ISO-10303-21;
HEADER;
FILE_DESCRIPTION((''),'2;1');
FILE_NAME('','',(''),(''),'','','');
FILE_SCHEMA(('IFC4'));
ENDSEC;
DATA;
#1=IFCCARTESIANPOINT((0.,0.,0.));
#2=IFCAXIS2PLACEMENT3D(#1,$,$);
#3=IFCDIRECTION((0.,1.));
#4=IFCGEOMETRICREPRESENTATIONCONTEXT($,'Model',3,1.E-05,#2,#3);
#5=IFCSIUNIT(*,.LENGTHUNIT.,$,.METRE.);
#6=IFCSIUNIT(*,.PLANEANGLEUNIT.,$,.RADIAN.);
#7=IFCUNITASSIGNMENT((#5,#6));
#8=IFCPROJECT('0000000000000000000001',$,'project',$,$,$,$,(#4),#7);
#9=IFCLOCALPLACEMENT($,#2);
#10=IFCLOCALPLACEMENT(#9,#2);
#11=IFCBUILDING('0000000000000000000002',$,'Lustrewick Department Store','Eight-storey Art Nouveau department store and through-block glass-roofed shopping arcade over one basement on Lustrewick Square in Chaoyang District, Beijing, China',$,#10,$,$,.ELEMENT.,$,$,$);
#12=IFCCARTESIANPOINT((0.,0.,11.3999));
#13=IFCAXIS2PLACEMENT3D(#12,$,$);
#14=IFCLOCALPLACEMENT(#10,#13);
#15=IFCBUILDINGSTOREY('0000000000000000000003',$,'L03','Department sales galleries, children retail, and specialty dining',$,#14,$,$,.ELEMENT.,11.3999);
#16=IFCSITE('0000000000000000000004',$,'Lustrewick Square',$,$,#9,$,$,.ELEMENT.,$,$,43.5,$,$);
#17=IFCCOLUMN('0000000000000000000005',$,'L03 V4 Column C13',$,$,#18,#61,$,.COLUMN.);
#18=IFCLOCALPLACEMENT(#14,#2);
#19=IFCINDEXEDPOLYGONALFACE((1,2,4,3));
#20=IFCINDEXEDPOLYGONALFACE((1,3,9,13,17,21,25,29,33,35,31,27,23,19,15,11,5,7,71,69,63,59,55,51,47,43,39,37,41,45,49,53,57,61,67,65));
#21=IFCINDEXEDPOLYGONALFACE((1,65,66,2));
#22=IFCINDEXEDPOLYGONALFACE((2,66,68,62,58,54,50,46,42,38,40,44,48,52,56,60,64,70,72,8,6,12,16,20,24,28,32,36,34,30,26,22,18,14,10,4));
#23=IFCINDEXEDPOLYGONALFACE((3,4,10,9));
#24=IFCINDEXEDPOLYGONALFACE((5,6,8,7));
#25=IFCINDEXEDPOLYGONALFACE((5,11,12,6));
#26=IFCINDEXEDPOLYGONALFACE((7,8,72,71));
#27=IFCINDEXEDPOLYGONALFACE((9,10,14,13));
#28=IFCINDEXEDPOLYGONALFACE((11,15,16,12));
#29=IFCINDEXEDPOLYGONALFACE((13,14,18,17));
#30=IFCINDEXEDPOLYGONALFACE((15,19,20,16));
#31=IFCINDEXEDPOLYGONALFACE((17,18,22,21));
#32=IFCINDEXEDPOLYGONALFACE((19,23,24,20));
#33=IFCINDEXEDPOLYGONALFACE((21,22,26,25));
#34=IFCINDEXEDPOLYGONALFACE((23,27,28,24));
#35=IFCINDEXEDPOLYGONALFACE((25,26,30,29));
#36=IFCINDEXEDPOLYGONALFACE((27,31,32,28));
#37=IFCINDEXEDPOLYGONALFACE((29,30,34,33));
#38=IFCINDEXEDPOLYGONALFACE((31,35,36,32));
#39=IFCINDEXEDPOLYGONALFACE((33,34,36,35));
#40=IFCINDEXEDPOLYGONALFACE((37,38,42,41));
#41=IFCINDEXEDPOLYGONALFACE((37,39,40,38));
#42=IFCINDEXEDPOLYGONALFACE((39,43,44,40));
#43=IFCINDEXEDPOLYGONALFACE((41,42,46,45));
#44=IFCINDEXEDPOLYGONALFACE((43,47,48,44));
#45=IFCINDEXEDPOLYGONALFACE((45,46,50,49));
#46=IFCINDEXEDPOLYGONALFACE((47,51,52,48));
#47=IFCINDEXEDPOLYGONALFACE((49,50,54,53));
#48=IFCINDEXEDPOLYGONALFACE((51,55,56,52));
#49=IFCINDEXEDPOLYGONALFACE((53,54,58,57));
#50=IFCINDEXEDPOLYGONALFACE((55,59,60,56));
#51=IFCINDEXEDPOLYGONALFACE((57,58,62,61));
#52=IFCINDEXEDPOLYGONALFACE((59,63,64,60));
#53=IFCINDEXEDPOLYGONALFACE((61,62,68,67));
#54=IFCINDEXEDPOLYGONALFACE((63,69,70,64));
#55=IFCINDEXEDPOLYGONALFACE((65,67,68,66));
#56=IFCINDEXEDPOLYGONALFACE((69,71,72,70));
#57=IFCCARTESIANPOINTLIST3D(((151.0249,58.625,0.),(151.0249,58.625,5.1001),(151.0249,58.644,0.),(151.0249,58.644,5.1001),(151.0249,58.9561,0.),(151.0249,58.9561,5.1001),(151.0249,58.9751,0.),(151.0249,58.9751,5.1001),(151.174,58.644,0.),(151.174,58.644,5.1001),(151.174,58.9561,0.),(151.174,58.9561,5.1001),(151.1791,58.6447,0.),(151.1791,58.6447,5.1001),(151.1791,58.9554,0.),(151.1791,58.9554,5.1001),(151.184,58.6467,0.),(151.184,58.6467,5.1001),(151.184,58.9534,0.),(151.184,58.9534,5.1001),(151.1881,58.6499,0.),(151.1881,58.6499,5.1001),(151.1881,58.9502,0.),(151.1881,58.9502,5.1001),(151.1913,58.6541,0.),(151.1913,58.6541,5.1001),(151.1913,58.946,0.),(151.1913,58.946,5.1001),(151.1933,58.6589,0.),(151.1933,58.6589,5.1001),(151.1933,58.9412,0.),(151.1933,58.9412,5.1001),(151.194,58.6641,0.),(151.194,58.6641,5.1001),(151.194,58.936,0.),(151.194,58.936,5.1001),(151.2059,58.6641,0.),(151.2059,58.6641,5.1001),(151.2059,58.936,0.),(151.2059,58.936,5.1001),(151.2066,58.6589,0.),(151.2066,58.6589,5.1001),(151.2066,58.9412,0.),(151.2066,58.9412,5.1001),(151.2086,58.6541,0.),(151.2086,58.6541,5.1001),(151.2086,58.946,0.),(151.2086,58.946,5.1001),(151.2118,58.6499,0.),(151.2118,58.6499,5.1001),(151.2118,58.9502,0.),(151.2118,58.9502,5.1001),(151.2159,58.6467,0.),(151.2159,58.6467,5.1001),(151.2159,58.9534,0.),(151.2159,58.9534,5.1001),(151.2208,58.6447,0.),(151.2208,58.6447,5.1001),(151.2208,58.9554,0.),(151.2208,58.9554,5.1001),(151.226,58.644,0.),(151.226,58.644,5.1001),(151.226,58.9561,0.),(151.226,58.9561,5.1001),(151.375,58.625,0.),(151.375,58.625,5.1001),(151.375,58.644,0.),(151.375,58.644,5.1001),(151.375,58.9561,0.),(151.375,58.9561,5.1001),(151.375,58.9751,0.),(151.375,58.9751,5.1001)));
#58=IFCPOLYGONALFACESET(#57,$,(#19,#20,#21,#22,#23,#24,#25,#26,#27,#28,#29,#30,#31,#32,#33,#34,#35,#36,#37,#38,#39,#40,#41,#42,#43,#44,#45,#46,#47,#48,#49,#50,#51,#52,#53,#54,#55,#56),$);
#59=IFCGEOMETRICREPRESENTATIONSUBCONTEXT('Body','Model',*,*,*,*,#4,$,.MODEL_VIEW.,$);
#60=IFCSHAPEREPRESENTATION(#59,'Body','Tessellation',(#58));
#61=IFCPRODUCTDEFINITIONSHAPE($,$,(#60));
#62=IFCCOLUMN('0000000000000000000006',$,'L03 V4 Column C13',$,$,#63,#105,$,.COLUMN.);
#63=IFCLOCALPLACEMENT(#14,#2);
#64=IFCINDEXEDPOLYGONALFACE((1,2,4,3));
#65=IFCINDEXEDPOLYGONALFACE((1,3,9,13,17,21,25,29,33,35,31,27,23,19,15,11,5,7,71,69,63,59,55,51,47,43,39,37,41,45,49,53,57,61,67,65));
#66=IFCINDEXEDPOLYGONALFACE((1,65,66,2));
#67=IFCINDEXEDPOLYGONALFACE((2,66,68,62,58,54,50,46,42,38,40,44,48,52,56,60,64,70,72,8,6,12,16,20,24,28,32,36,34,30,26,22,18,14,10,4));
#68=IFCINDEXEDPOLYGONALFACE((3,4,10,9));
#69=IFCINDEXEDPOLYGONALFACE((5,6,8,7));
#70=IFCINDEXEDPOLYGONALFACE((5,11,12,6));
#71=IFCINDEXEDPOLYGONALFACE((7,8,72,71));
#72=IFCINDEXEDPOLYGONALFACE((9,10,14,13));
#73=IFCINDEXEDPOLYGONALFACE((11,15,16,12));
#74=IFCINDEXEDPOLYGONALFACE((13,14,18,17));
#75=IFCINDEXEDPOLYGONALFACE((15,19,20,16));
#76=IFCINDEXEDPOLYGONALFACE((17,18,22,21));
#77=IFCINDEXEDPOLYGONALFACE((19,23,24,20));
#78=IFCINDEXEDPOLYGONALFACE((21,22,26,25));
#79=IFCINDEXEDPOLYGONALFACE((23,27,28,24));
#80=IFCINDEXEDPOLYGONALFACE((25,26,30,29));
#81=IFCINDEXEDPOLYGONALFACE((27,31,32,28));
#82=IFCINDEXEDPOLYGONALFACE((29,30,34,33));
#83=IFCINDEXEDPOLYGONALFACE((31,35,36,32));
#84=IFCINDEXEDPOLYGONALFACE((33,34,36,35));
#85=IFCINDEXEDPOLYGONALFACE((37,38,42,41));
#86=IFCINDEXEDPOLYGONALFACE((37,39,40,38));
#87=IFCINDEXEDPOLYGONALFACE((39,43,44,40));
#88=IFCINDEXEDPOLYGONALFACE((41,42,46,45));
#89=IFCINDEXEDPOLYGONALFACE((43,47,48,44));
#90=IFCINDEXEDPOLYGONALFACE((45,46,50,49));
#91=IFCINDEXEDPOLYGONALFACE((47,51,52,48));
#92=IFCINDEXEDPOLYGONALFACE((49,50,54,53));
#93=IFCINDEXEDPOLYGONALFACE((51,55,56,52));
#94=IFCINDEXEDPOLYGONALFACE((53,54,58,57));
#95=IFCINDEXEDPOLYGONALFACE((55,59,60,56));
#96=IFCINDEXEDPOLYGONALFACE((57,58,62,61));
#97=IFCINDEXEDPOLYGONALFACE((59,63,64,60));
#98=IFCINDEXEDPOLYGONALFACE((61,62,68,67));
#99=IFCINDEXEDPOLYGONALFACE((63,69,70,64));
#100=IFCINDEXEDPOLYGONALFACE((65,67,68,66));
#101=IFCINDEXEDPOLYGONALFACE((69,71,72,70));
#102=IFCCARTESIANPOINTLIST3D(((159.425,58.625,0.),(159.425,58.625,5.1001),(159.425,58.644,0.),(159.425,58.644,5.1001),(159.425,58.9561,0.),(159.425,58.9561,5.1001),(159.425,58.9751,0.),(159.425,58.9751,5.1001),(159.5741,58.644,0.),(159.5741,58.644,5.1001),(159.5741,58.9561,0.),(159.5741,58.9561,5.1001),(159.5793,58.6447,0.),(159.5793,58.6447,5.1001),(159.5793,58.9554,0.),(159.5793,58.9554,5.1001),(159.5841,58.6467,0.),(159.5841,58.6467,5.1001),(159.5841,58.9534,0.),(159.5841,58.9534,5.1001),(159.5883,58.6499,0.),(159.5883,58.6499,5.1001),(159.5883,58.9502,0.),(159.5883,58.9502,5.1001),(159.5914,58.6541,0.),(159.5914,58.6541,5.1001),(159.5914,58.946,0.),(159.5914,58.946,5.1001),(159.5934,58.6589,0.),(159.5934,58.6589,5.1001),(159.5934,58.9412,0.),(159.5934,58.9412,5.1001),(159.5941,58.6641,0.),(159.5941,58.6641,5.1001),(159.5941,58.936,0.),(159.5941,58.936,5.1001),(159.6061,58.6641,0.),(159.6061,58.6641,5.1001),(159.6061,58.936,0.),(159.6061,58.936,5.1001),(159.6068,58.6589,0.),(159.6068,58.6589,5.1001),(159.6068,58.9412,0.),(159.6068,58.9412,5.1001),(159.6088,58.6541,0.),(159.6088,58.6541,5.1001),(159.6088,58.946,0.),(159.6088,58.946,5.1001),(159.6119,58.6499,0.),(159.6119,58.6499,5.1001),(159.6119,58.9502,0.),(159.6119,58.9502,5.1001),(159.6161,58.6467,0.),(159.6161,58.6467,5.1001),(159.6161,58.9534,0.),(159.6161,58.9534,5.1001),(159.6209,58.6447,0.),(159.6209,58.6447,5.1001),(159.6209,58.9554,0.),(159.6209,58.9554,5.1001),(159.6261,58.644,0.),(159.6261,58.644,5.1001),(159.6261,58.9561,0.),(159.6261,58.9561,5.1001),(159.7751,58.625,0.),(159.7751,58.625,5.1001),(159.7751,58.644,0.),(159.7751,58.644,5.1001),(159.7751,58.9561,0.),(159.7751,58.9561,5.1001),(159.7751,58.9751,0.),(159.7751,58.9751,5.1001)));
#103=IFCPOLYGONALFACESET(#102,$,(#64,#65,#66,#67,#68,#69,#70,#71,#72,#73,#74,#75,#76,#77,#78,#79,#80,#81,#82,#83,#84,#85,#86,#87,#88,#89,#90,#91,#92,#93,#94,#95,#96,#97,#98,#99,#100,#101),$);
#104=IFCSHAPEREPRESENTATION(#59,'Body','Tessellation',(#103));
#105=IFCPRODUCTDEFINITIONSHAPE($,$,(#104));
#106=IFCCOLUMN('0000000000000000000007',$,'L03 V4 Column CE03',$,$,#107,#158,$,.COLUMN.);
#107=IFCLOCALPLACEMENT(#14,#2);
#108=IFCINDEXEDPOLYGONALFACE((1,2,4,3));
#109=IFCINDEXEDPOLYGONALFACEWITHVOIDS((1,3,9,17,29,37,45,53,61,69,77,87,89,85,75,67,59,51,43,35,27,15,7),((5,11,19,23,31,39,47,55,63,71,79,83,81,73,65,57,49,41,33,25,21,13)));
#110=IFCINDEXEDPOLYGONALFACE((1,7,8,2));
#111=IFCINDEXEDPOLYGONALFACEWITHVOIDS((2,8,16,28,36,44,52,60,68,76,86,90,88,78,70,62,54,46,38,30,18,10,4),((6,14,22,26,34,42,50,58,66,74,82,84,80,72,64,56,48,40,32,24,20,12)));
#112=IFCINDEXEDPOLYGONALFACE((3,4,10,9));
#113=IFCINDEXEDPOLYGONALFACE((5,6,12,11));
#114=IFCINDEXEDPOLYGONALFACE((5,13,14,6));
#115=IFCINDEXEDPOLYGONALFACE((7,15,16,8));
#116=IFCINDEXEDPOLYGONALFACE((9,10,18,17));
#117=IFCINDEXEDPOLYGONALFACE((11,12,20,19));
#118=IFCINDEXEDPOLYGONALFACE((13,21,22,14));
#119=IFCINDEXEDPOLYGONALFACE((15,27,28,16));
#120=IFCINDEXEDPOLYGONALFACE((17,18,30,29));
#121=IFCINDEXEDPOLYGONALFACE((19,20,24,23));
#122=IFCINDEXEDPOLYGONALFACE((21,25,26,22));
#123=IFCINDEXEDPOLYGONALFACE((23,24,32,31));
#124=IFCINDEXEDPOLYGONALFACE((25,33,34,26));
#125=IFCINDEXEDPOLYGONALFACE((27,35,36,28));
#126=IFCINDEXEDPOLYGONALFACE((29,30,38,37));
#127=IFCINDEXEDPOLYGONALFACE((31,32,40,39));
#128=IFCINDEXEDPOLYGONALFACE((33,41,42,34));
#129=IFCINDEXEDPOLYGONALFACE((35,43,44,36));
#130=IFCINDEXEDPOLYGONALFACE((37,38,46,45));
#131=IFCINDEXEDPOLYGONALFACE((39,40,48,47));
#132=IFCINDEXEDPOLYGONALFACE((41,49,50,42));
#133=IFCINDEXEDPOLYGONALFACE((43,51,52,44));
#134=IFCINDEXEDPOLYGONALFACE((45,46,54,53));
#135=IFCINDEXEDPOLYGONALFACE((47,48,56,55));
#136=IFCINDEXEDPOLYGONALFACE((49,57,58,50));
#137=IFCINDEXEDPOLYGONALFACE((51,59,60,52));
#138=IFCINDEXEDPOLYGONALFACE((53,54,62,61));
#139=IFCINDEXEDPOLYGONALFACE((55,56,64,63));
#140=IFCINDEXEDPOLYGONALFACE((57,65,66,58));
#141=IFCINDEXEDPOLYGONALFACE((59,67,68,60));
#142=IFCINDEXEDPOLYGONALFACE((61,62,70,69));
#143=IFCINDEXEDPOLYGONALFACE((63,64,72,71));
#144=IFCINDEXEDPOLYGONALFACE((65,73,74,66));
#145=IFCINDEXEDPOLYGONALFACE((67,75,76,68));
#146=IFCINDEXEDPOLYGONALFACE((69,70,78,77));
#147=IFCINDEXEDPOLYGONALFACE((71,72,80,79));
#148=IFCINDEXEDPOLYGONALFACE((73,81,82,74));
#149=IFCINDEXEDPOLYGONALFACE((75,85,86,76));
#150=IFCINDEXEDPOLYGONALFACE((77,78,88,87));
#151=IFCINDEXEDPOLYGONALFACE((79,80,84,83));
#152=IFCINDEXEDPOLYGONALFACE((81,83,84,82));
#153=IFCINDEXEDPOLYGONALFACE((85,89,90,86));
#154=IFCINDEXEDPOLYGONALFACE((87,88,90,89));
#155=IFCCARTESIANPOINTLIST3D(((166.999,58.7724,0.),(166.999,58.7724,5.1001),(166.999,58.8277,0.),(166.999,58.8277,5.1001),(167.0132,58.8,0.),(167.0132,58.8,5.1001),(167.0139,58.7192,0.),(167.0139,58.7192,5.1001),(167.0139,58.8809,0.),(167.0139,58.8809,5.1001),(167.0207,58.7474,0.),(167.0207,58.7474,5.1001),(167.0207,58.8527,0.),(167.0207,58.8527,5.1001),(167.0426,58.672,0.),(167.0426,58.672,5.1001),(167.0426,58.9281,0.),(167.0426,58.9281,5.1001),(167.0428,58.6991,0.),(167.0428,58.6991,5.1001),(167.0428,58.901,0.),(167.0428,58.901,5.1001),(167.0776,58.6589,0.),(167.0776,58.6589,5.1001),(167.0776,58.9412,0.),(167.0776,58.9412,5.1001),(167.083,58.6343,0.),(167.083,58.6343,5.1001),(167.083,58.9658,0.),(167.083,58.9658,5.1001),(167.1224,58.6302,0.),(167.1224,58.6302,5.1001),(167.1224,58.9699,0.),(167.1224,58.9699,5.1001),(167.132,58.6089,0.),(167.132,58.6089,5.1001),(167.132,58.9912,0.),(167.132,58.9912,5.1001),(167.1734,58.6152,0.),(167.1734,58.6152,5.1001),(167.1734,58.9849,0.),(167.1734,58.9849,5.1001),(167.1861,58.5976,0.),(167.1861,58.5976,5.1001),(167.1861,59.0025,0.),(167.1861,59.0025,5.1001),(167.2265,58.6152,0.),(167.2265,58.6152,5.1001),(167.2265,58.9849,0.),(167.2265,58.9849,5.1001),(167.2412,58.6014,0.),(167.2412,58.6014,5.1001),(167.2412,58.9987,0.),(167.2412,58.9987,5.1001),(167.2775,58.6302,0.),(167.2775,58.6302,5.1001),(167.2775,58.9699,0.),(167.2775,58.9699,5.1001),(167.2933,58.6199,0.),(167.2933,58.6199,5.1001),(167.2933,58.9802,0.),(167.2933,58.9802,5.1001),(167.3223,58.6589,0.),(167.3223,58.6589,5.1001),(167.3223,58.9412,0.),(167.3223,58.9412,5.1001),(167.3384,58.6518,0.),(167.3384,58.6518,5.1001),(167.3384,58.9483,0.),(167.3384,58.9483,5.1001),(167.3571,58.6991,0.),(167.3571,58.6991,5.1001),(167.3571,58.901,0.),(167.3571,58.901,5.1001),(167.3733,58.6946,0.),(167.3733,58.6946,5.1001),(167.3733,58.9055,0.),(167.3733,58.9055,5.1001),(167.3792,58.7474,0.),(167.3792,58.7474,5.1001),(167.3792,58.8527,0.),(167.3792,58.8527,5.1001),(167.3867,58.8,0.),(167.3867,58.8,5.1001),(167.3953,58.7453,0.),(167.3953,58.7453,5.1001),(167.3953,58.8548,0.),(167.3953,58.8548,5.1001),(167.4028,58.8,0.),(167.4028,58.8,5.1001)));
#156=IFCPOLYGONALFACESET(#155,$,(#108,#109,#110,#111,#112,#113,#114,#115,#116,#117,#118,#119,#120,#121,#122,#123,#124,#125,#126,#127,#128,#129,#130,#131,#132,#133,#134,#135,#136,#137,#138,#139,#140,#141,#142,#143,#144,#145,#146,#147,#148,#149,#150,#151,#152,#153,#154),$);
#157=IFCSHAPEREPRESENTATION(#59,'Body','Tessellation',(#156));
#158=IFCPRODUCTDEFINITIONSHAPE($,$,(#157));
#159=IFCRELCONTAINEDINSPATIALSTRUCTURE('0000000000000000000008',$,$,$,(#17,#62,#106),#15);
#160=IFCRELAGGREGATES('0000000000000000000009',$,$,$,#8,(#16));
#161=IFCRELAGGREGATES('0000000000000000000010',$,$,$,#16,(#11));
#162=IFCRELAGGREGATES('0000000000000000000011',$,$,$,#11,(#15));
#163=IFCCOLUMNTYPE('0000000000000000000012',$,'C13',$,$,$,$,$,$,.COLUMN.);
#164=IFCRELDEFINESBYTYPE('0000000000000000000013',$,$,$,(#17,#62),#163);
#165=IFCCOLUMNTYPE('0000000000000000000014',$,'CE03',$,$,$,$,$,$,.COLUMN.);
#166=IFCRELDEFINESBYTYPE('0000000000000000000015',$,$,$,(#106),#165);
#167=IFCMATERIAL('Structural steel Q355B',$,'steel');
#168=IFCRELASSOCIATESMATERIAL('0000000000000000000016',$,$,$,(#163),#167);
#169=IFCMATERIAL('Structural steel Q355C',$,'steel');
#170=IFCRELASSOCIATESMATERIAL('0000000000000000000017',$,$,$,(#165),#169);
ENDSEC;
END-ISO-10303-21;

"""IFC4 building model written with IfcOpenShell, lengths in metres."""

from ifc_helpers import new_model, si_unit, direction, frame, origin, origin_2d, place, context, subcontext, project, spatial, hollow_circle, i_section, extrude, material, material_profile, profile_set, type_object, element, save


model = new_model("IFC4")

# Units and contexts
model_context = context("Model", 3, precision=1e-05, world=origin(), true_north=direction((0.0, 1.0)))
body_context = subcontext(model_context, "Body", "Model", "MODEL_VIEW")
ifc_project = project(units=[si_unit("LENGTHUNIT", "METRE"), si_unit("PLANEANGLEUNIT", "RADIAN")], contexts=[model_context])

# Site, building, storey
site_placement = place(None, origin())
site = spatial("IfcSite", under=ifc_project, at=site_placement, Name="Lustrewick Square", CompositionType="ELEMENT", RefElevation=43.5)
building_placement = place(site_placement, origin())
building = spatial("IfcBuilding", under=site, at=building_placement, Name="Lustrewick Department Store", Description="Eight-storey Art Nouveau department store and through-block glass-roofed shopping arcade over one basement on Lustrewick Square in Chaoyang District, Beijing, China", CompositionType="ELEMENT")
storey_placement = place(building_placement, frame((0.0, 0.0, 11.3999)))
storey = spatial("IfcBuildingStorey", under=building, at=storey_placement, Name="L03", Description="Department sales galleries, children retail, and specialty dining", CompositionType="ELEMENT", Elevation=11.3999)

# Columns
ifc_material_1 = material(Name="Structural steel Q355B", Category="steel")
ifc_material_profile_1 = material_profile(ifc_material_1, i_section(OverallWidth=0.3501, OverallDepth=0.3501, WebThickness=0.012, FlangeThickness=0.019, FilletRadius=0.02, at=origin_2d()), Name="HW 350x350x12x19")
ifc_profile_set_1 = profile_set([ifc_material_profile_1], Name="Structural steel Q355B")
column_type_1 = type_object("IfcColumnType", Name="C13", PredefinedType="COLUMN", material=ifc_profile_set_1)
for number, where, z_axis, x_axis, name in (
    (1, (151.2, 58.8, 0.0), (0.0, 0.0, 1.0), (1.0, 0.0, 0.0), "L03 V4 Column C13"),
    (2, (159.6001, 58.8, 0.0), (0.0, 0.0, 1.0), (1.0, 0.0, 0.0), "L03 V4 Column C13"),
):
    element("IfcColumn", number, at=place(storey_placement, frame(where, z_axis=z_axis, x_axis=x_axis)), inside=storey, type_object=column_type_1, Name=name, PredefinedType="COLUMN", context=body_context, shape_type="SweptSolid", body=[
        extrude(i_section(OverallWidth=0.3501, OverallDepth=0.3501, WebThickness=0.012, FlangeThickness=0.019, FilletRadius=0.02, at=origin_2d()), origin(), (0.0, 0.0, 1.0), 5.1001),
    ])
ifc_material_2 = material(Name="Structural steel Q355C", Category="steel")
ifc_material_profile_2 = material_profile(ifc_material_2, hollow_circle(Radius=0.2029, WallThickness=0.0161, at=origin_2d()), Name="CHS 406x16")
ifc_profile_set_2 = profile_set([ifc_material_profile_2], Name="Structural steel Q355C")
column_type_2 = type_object("IfcColumnType", Name="CE03", PredefinedType="COLUMN", material=ifc_profile_set_2)
column_1_placement = place(storey_placement, frame((167.2, 58.8, 0.0), z_axis=(0.0, 0.0, 1.0), x_axis=(1.0, 0.0, 0.0)))
element("IfcColumn", 3, at=column_1_placement, inside=storey, type_object=column_type_2, Name="L03 V4 Column CE03", PredefinedType="COLUMN", context=body_context, shape_type="SweptSolid", body=[
    extrude(hollow_circle(Radius=0.2029, WallThickness=0.0161, at=origin_2d()), origin(), (0.0, 0.0, 1.0), 5.1001),
])

save(model, "model.ifc")
